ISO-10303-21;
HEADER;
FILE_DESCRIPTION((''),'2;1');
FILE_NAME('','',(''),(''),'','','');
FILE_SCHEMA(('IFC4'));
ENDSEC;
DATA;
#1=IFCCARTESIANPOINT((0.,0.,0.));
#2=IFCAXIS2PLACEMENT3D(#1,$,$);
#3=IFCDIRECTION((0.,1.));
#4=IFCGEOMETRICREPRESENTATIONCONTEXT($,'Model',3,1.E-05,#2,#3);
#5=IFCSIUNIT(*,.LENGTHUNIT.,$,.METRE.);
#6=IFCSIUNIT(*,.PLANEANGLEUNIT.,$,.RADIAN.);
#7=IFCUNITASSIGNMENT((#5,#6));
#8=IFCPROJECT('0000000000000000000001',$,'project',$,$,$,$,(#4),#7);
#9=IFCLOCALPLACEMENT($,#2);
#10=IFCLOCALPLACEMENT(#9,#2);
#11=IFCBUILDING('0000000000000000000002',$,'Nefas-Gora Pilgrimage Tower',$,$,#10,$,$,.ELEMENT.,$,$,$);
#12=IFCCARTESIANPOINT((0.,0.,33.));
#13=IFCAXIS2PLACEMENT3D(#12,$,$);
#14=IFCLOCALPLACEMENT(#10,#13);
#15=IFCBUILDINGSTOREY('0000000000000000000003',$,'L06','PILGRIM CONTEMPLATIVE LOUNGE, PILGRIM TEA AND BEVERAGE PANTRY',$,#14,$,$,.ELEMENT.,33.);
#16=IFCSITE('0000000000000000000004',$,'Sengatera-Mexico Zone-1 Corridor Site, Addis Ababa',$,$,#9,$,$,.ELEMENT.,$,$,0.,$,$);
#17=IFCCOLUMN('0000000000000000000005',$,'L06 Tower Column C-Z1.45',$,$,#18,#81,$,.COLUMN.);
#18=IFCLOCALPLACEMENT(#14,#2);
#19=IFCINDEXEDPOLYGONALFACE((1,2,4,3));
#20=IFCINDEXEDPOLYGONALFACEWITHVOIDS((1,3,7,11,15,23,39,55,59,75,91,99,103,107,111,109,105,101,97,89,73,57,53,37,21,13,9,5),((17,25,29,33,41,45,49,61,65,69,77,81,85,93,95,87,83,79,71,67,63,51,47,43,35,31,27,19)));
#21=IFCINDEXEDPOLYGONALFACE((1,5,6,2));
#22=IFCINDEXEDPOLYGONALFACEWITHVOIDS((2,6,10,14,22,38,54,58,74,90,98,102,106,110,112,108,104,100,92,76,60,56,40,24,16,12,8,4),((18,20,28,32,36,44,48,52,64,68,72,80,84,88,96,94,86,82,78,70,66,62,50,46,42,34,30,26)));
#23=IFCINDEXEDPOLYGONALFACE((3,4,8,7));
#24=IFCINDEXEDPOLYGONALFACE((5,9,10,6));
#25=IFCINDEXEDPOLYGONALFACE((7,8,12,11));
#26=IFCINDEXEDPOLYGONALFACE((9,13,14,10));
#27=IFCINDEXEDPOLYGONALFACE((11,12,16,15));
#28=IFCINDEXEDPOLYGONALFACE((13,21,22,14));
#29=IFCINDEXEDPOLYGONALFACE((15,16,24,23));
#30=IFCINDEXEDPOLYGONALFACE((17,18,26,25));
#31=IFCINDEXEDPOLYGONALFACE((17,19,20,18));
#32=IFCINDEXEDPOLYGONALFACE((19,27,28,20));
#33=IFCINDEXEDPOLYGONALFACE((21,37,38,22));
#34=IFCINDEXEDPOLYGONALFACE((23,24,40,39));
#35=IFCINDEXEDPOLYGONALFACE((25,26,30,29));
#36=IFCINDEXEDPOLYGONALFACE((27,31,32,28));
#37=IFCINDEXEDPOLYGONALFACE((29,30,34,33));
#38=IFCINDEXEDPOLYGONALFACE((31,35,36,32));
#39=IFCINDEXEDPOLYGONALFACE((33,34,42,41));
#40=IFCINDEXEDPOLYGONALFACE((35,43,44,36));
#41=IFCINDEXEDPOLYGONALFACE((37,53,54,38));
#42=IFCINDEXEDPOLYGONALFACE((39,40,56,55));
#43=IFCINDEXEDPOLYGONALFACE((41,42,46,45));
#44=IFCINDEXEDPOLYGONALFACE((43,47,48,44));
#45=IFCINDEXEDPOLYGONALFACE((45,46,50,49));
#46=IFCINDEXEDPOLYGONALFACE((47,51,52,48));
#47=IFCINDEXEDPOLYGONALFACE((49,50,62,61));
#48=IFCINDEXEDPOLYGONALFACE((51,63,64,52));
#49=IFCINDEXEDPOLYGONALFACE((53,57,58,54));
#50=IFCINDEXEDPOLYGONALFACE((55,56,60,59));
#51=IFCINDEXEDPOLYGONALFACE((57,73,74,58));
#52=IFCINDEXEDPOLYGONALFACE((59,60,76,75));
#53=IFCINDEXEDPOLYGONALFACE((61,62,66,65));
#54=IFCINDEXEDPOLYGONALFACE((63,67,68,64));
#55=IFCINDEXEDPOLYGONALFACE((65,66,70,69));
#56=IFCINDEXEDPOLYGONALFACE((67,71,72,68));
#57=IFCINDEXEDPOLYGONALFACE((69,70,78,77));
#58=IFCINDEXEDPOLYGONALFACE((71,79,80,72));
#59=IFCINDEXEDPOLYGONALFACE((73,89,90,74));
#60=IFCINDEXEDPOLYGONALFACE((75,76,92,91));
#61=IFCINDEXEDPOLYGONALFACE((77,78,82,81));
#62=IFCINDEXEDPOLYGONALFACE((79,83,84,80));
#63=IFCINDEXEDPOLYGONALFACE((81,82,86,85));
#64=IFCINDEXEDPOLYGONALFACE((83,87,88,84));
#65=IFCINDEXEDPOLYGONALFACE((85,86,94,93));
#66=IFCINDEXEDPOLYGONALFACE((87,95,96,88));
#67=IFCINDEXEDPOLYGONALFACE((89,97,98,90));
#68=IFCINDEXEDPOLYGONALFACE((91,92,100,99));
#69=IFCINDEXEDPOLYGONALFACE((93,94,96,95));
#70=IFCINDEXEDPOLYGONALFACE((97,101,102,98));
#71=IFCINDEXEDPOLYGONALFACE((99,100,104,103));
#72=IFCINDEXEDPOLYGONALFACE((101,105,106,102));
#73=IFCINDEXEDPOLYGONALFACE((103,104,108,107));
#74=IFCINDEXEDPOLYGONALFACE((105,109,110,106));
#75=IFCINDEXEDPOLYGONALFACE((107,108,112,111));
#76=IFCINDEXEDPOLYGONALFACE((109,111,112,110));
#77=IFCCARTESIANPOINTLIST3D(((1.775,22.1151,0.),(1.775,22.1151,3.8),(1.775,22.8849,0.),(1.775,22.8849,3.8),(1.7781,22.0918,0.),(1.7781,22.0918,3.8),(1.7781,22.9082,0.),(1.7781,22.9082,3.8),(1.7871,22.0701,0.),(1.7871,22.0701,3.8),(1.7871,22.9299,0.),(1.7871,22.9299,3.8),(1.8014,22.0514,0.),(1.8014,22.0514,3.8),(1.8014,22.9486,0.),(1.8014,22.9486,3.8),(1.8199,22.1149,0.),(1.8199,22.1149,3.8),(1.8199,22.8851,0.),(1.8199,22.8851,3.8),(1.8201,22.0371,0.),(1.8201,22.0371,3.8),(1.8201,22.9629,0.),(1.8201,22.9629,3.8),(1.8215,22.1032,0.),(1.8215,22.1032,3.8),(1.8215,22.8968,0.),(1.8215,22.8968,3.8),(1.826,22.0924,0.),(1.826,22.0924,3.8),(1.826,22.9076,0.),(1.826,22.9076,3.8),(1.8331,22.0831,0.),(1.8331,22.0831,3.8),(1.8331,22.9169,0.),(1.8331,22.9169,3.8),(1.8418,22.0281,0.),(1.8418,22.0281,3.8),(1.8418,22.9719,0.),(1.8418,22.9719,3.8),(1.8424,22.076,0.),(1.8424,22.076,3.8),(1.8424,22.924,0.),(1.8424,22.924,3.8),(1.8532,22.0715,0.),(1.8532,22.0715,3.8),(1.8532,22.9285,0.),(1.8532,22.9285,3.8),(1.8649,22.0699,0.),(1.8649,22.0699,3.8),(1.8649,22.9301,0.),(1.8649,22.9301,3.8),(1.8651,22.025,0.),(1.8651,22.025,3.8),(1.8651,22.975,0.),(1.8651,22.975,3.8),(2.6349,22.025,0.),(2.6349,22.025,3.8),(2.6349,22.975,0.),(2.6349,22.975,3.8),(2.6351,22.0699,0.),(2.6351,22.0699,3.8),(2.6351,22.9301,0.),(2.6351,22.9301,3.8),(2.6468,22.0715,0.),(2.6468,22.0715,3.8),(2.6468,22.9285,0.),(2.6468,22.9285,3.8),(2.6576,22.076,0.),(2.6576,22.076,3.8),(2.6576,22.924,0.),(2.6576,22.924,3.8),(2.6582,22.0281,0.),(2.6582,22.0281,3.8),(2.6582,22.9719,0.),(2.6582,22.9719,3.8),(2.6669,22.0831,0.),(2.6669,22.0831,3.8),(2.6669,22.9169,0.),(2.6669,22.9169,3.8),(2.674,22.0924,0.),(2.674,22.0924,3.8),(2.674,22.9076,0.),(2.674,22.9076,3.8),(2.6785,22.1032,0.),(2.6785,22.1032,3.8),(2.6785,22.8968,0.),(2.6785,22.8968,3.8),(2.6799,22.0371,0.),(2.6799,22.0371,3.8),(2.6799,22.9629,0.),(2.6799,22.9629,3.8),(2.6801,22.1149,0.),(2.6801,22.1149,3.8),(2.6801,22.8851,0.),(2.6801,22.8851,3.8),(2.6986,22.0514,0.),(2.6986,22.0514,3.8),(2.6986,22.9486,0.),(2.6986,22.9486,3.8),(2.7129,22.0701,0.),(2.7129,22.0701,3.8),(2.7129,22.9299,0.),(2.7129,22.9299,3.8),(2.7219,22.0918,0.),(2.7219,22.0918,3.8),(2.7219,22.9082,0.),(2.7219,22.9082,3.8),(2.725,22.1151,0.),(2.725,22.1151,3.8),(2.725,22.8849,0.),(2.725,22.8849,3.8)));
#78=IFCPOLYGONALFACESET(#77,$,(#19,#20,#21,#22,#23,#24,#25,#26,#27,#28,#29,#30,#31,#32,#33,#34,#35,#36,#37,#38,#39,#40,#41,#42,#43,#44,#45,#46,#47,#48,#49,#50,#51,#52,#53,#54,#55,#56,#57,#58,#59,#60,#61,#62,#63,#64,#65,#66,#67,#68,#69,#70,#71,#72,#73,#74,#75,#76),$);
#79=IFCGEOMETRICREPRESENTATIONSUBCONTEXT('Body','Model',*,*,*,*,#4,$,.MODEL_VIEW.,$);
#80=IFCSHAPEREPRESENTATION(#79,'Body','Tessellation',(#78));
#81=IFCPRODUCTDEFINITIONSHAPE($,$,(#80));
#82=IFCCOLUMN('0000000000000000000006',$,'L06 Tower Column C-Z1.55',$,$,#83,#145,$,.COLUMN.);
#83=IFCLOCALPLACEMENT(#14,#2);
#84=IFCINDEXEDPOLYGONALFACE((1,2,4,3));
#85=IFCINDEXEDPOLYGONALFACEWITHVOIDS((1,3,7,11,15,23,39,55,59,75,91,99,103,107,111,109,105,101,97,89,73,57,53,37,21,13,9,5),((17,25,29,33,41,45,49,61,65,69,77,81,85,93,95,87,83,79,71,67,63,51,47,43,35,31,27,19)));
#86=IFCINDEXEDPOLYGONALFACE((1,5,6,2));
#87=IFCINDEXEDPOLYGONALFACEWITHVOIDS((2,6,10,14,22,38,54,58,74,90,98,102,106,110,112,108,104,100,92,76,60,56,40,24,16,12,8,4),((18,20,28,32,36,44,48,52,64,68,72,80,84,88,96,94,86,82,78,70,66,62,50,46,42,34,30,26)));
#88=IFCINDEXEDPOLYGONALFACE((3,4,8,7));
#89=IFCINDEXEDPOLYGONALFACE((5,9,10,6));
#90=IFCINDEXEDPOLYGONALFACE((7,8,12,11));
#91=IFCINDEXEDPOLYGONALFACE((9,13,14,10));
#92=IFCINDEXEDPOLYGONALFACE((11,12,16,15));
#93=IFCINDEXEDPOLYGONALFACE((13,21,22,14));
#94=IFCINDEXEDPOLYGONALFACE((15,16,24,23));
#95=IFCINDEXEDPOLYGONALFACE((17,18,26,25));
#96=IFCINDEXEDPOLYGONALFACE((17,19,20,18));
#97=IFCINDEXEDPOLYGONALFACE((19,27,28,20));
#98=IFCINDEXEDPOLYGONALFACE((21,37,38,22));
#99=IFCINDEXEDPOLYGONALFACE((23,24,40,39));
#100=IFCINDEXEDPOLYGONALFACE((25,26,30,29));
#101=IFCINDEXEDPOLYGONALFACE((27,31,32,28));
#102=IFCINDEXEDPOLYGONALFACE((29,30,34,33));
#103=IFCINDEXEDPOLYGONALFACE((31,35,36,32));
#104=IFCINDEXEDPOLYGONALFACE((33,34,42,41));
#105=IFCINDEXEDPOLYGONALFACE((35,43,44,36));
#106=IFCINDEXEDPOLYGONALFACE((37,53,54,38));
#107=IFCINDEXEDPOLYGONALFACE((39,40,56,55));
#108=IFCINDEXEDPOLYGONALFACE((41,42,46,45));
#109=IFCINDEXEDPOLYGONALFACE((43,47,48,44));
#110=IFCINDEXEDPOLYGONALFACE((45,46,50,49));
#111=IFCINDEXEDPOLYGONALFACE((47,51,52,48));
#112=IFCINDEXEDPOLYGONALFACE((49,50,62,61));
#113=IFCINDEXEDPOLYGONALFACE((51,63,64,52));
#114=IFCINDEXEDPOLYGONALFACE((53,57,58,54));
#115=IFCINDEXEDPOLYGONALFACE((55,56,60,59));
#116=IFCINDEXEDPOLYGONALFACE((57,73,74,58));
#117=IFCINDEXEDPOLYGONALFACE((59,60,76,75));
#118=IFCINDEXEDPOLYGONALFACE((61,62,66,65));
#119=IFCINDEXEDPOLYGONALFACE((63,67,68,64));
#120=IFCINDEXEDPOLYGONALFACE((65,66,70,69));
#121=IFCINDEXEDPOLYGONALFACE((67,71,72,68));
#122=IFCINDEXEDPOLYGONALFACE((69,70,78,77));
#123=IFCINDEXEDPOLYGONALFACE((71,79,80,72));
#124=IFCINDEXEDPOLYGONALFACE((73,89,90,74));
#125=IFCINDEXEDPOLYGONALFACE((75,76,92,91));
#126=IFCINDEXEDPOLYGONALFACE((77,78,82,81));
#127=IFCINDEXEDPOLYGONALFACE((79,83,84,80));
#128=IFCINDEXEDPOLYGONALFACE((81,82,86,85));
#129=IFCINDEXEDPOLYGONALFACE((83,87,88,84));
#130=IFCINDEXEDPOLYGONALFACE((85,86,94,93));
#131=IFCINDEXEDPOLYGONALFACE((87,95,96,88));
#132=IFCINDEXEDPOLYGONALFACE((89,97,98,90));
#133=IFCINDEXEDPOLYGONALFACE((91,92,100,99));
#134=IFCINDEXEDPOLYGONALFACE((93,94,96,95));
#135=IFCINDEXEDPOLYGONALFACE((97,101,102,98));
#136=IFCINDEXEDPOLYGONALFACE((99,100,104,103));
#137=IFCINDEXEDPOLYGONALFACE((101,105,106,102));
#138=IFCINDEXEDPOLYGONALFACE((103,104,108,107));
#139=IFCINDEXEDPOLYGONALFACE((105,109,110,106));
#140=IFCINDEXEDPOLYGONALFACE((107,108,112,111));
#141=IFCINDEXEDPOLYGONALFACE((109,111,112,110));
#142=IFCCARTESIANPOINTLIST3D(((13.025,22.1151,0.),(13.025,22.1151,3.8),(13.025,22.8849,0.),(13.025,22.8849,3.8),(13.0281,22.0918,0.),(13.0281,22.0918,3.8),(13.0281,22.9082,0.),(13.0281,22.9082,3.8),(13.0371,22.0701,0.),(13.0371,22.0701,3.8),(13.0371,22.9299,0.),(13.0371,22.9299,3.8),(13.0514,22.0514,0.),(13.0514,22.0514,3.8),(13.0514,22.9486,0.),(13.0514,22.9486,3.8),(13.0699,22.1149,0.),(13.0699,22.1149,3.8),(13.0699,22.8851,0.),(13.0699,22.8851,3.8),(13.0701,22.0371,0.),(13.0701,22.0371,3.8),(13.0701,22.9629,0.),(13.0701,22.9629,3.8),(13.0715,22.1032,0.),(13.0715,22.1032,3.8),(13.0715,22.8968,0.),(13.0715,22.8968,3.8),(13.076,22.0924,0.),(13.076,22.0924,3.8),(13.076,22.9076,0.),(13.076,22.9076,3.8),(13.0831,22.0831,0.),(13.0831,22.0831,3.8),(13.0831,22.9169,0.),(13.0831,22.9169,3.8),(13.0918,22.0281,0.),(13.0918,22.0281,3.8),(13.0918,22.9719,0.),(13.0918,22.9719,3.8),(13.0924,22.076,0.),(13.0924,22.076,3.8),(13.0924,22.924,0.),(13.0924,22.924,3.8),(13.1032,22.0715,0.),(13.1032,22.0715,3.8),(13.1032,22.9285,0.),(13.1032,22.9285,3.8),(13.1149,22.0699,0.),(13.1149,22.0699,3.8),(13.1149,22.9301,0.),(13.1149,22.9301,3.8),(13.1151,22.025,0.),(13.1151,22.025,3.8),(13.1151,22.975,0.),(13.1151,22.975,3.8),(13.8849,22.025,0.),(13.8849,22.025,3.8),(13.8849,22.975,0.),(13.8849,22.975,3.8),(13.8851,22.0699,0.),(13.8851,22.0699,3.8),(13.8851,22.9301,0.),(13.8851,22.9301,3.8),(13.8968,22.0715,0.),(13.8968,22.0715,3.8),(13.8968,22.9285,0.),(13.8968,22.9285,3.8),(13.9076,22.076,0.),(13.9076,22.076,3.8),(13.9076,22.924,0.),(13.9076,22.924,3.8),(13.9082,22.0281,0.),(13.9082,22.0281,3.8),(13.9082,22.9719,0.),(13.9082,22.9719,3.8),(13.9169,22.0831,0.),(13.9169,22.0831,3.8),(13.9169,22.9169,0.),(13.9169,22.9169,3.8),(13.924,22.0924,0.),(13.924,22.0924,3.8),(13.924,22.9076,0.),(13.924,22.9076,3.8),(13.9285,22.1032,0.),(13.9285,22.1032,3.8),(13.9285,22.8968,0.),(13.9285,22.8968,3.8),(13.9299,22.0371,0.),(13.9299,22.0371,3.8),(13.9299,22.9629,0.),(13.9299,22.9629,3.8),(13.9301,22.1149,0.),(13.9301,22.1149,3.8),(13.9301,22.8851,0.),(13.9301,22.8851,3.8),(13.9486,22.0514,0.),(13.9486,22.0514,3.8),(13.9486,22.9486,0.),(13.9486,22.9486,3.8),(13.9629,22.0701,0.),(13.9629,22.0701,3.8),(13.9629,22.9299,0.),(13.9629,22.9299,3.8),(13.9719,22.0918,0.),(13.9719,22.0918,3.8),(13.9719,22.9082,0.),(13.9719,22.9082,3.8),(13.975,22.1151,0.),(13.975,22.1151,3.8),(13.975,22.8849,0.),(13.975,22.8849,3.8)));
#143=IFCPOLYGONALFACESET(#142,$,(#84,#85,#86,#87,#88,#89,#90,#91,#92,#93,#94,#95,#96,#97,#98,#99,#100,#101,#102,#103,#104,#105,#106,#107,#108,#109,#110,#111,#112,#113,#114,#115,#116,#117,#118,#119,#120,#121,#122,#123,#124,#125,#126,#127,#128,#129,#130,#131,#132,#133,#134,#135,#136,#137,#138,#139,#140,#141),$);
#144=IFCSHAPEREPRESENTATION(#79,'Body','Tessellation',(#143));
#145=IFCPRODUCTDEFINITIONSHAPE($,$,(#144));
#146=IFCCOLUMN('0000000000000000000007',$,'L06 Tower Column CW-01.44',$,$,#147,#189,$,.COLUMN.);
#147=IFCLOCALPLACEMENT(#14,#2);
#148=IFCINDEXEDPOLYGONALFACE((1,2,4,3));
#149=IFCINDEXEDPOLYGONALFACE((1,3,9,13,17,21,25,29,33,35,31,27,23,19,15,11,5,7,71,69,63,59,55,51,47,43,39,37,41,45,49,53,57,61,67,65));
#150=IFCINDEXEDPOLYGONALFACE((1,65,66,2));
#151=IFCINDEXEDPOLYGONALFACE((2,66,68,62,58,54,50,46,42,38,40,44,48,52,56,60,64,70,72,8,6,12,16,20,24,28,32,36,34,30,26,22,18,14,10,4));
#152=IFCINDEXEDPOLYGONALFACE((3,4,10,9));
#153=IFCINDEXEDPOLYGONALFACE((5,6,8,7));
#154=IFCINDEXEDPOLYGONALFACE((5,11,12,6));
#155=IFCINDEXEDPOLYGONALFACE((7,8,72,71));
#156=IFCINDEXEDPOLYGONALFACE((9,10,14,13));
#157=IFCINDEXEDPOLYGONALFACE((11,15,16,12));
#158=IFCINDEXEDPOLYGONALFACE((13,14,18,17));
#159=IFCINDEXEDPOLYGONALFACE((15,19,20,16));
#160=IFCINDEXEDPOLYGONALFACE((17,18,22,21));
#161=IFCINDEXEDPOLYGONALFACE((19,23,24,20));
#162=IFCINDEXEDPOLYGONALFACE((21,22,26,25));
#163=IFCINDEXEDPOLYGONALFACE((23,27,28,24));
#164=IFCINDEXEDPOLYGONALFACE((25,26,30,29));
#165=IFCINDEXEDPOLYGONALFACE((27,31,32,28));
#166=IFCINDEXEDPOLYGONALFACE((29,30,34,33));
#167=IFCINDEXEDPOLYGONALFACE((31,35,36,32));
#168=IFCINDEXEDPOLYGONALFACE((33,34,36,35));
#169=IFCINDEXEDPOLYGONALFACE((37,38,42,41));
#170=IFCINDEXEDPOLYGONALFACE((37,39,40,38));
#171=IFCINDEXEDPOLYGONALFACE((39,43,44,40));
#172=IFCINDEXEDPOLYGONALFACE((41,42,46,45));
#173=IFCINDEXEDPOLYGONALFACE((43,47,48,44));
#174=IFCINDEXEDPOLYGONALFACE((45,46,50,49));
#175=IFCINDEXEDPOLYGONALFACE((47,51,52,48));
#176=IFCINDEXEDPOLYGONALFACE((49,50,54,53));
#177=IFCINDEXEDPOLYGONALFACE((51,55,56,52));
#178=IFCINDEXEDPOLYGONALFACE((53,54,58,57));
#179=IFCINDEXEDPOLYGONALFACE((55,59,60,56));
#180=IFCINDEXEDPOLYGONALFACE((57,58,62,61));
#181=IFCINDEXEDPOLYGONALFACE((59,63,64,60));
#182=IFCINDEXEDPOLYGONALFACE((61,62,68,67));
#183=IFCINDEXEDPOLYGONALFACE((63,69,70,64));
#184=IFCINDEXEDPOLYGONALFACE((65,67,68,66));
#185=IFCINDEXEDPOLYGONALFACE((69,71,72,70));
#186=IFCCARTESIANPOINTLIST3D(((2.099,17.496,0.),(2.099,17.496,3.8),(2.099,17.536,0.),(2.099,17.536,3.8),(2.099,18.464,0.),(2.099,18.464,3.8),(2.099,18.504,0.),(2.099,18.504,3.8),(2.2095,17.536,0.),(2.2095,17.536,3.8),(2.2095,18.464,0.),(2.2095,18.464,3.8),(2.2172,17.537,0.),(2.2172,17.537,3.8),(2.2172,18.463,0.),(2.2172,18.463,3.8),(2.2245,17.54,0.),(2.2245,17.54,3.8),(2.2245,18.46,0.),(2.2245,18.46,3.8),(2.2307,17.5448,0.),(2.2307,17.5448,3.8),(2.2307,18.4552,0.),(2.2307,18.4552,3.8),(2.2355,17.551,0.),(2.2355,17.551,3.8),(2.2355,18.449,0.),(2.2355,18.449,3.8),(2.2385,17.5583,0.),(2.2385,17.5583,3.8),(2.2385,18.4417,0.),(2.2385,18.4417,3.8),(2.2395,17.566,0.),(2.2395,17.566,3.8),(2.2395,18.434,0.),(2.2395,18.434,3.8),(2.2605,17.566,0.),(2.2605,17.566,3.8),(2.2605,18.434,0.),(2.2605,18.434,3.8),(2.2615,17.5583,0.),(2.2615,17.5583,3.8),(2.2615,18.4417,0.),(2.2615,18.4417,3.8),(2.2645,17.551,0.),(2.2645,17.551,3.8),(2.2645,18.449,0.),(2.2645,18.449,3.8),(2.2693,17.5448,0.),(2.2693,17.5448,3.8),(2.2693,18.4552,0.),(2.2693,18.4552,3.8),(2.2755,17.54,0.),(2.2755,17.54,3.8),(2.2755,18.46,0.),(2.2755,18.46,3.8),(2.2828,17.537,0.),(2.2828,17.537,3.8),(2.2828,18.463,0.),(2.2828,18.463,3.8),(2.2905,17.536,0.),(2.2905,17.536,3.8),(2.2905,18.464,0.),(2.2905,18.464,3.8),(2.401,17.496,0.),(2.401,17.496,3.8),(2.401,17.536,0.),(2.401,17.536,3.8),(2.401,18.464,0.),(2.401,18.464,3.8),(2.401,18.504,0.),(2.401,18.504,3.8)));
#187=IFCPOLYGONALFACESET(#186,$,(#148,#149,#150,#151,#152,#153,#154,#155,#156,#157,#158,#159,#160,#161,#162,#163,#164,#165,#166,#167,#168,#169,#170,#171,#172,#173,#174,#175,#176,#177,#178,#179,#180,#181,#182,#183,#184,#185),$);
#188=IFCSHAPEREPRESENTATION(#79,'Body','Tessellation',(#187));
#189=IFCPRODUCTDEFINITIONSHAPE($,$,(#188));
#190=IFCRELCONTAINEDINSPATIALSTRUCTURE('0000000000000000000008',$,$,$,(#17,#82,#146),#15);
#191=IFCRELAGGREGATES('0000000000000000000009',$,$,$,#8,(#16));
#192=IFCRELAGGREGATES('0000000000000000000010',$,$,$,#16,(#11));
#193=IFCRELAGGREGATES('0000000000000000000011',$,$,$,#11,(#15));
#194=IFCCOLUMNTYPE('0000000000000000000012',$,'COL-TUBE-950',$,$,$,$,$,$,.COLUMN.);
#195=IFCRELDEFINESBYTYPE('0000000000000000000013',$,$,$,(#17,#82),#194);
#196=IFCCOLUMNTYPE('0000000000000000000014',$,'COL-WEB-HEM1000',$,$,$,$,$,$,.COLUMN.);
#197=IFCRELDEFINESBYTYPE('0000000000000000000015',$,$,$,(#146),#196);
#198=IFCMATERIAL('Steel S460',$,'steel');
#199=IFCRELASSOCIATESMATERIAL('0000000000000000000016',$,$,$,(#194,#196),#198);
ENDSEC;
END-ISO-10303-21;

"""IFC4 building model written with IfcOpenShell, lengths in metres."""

from ifc_helpers import new_model, si_unit, direction, frame, origin, origin_2d, place, context, subcontext, project, spatial, hollow_rectangle, i_section, extrude, source, transform, mapped, material, material_profile, profile_set, type_object, element, save


model = new_model("IFC4")

# Units and contexts
model_context = context("Model", 3, precision=1e-05, world=origin(), true_north=direction((0.0, 1.0)))
body_context = subcontext(model_context, "Body", "Model", "MODEL_VIEW")
ifc_project = project(units=[si_unit("LENGTHUNIT", "METRE"), si_unit("PLANEANGLEUNIT", "RADIAN")], contexts=[model_context])

# Site, building, storey
site_placement = place(None, origin())
site = spatial("IfcSite", under=ifc_project, at=site_placement, Name="Sengatera-Mexico Zone-1 Corridor Site, Addis Ababa", CompositionType="ELEMENT", RefElevation=0.0)
building_placement = place(site_placement, origin())
building = spatial("IfcBuilding", under=site, at=building_placement, Name="Nefas-Gora Pilgrimage Tower", CompositionType="ELEMENT")
storey_placement = place(building_placement, frame((0.0, 0.0, 33.0)))
storey = spatial("IfcBuildingStorey", under=building, at=storey_placement, Name="L06", Description="PILGRIM CONTEMPLATIVE LOUNGE, PILGRIM TEA AND BEVERAGE PANTRY", CompositionType="ELEMENT", Elevation=33.0)

# Columns
ifc_material_1 = material(Name="Steel S460", Category="steel")
ifc_material_profile_1 = material_profile(ifc_material_1, hollow_rectangle(XDim=0.95, YDim=0.95, WallThickness=0.0449, InnerFilletRadius=0.0449, OuterFilletRadius=0.0901, at=origin_2d()), Name="BOX 950x950x45")
ifc_profile_set_1 = profile_set([ifc_material_profile_1], Name="Steel S460")
column_type_1 = type_object("IfcColumnType", Name="COL-TUBE-950", PredefinedType="COLUMN", material=ifc_profile_set_1)
shared_shape_1 = source(origin(), body_context, "Body", "SweptSolid", [
    extrude(hollow_rectangle(XDim=0.95, YDim=0.95, WallThickness=0.0449, InnerFilletRadius=0.0449, OuterFilletRadius=0.0901, at=origin_2d()), origin(), (0.0, 0.0, 1.0), 3.8),
])
for number, where, z_axis, x_axis, name in (
    (1, (2.25, 22.5, 0.0), (0.0, 0.0, 1.0), (1.0, 0.0, 0.0), "L06 Tower Column C-Z1.45"),
    (2, (13.5, 22.5, 0.0), (0.0, 0.0, 1.0), (1.0, 0.0, 0.0), "L06 Tower Column C-Z1.55"),
):
    element("IfcColumn", number, at=place(storey_placement, frame(where, z_axis=z_axis, x_axis=x_axis)), inside=storey, type_object=column_type_1, Name=name, PredefinedType="COLUMN", context=body_context, shape_type="MappedRepresentation", body=[
        mapped(shared_shape_1, transform((0.0, 0.0, 0.0), x_axis=(1.0, 0.0, 0.0), y_axis=(0.0, 1.0, 0.0), z_axis=(0.0, 0.0, 1.0), scale=1.0)),
    ])
ifc_material_profile_2 = material_profile(ifc_material_1, i_section(OverallWidth=0.302, OverallDepth=1.0081, WebThickness=0.021, FlangeThickness=0.04, FilletRadius=0.03, at=origin_2d()), Name="HEM 1000")
ifc_profile_set_2 = profile_set([ifc_material_profile_2], Name="Steel S460")
column_type_2 = type_object("IfcColumnType", Name="COL-WEB-HEM1000", PredefinedType="COLUMN", material=ifc_profile_set_2)
shared_shape_2 = source(origin(), body_context, "Body", "SweptSolid", [
    extrude(i_section(OverallWidth=0.302, OverallDepth=1.0081, WebThickness=0.021, FlangeThickness=0.04, FilletRadius=0.03, at=origin_2d()), origin(), (0.0, 0.0, 1.0), 3.8),
])
for number, where, z_axis, x_axis, name in (
    (3, (2.25, 18.0, 0.0), (0.0, 0.0, 1.0), (1.0, 0.0, 0.0), "L06 Tower Column CW-01.44"),
):
    element("IfcColumn", number, at=place(storey_placement, frame(where, z_axis=z_axis, x_axis=x_axis)), inside=storey, type_object=column_type_2, Name=name, PredefinedType="COLUMN", context=body_context, shape_type="MappedRepresentation", body=[
        mapped(shared_shape_2, transform((0.0, 0.0, 0.0), x_axis=(1.0, 0.0, 0.0), y_axis=(0.0, 1.0, 0.0), z_axis=(0.0, 0.0, 1.0), scale=1.0)),
    ])

save(model, "model.ifc")
